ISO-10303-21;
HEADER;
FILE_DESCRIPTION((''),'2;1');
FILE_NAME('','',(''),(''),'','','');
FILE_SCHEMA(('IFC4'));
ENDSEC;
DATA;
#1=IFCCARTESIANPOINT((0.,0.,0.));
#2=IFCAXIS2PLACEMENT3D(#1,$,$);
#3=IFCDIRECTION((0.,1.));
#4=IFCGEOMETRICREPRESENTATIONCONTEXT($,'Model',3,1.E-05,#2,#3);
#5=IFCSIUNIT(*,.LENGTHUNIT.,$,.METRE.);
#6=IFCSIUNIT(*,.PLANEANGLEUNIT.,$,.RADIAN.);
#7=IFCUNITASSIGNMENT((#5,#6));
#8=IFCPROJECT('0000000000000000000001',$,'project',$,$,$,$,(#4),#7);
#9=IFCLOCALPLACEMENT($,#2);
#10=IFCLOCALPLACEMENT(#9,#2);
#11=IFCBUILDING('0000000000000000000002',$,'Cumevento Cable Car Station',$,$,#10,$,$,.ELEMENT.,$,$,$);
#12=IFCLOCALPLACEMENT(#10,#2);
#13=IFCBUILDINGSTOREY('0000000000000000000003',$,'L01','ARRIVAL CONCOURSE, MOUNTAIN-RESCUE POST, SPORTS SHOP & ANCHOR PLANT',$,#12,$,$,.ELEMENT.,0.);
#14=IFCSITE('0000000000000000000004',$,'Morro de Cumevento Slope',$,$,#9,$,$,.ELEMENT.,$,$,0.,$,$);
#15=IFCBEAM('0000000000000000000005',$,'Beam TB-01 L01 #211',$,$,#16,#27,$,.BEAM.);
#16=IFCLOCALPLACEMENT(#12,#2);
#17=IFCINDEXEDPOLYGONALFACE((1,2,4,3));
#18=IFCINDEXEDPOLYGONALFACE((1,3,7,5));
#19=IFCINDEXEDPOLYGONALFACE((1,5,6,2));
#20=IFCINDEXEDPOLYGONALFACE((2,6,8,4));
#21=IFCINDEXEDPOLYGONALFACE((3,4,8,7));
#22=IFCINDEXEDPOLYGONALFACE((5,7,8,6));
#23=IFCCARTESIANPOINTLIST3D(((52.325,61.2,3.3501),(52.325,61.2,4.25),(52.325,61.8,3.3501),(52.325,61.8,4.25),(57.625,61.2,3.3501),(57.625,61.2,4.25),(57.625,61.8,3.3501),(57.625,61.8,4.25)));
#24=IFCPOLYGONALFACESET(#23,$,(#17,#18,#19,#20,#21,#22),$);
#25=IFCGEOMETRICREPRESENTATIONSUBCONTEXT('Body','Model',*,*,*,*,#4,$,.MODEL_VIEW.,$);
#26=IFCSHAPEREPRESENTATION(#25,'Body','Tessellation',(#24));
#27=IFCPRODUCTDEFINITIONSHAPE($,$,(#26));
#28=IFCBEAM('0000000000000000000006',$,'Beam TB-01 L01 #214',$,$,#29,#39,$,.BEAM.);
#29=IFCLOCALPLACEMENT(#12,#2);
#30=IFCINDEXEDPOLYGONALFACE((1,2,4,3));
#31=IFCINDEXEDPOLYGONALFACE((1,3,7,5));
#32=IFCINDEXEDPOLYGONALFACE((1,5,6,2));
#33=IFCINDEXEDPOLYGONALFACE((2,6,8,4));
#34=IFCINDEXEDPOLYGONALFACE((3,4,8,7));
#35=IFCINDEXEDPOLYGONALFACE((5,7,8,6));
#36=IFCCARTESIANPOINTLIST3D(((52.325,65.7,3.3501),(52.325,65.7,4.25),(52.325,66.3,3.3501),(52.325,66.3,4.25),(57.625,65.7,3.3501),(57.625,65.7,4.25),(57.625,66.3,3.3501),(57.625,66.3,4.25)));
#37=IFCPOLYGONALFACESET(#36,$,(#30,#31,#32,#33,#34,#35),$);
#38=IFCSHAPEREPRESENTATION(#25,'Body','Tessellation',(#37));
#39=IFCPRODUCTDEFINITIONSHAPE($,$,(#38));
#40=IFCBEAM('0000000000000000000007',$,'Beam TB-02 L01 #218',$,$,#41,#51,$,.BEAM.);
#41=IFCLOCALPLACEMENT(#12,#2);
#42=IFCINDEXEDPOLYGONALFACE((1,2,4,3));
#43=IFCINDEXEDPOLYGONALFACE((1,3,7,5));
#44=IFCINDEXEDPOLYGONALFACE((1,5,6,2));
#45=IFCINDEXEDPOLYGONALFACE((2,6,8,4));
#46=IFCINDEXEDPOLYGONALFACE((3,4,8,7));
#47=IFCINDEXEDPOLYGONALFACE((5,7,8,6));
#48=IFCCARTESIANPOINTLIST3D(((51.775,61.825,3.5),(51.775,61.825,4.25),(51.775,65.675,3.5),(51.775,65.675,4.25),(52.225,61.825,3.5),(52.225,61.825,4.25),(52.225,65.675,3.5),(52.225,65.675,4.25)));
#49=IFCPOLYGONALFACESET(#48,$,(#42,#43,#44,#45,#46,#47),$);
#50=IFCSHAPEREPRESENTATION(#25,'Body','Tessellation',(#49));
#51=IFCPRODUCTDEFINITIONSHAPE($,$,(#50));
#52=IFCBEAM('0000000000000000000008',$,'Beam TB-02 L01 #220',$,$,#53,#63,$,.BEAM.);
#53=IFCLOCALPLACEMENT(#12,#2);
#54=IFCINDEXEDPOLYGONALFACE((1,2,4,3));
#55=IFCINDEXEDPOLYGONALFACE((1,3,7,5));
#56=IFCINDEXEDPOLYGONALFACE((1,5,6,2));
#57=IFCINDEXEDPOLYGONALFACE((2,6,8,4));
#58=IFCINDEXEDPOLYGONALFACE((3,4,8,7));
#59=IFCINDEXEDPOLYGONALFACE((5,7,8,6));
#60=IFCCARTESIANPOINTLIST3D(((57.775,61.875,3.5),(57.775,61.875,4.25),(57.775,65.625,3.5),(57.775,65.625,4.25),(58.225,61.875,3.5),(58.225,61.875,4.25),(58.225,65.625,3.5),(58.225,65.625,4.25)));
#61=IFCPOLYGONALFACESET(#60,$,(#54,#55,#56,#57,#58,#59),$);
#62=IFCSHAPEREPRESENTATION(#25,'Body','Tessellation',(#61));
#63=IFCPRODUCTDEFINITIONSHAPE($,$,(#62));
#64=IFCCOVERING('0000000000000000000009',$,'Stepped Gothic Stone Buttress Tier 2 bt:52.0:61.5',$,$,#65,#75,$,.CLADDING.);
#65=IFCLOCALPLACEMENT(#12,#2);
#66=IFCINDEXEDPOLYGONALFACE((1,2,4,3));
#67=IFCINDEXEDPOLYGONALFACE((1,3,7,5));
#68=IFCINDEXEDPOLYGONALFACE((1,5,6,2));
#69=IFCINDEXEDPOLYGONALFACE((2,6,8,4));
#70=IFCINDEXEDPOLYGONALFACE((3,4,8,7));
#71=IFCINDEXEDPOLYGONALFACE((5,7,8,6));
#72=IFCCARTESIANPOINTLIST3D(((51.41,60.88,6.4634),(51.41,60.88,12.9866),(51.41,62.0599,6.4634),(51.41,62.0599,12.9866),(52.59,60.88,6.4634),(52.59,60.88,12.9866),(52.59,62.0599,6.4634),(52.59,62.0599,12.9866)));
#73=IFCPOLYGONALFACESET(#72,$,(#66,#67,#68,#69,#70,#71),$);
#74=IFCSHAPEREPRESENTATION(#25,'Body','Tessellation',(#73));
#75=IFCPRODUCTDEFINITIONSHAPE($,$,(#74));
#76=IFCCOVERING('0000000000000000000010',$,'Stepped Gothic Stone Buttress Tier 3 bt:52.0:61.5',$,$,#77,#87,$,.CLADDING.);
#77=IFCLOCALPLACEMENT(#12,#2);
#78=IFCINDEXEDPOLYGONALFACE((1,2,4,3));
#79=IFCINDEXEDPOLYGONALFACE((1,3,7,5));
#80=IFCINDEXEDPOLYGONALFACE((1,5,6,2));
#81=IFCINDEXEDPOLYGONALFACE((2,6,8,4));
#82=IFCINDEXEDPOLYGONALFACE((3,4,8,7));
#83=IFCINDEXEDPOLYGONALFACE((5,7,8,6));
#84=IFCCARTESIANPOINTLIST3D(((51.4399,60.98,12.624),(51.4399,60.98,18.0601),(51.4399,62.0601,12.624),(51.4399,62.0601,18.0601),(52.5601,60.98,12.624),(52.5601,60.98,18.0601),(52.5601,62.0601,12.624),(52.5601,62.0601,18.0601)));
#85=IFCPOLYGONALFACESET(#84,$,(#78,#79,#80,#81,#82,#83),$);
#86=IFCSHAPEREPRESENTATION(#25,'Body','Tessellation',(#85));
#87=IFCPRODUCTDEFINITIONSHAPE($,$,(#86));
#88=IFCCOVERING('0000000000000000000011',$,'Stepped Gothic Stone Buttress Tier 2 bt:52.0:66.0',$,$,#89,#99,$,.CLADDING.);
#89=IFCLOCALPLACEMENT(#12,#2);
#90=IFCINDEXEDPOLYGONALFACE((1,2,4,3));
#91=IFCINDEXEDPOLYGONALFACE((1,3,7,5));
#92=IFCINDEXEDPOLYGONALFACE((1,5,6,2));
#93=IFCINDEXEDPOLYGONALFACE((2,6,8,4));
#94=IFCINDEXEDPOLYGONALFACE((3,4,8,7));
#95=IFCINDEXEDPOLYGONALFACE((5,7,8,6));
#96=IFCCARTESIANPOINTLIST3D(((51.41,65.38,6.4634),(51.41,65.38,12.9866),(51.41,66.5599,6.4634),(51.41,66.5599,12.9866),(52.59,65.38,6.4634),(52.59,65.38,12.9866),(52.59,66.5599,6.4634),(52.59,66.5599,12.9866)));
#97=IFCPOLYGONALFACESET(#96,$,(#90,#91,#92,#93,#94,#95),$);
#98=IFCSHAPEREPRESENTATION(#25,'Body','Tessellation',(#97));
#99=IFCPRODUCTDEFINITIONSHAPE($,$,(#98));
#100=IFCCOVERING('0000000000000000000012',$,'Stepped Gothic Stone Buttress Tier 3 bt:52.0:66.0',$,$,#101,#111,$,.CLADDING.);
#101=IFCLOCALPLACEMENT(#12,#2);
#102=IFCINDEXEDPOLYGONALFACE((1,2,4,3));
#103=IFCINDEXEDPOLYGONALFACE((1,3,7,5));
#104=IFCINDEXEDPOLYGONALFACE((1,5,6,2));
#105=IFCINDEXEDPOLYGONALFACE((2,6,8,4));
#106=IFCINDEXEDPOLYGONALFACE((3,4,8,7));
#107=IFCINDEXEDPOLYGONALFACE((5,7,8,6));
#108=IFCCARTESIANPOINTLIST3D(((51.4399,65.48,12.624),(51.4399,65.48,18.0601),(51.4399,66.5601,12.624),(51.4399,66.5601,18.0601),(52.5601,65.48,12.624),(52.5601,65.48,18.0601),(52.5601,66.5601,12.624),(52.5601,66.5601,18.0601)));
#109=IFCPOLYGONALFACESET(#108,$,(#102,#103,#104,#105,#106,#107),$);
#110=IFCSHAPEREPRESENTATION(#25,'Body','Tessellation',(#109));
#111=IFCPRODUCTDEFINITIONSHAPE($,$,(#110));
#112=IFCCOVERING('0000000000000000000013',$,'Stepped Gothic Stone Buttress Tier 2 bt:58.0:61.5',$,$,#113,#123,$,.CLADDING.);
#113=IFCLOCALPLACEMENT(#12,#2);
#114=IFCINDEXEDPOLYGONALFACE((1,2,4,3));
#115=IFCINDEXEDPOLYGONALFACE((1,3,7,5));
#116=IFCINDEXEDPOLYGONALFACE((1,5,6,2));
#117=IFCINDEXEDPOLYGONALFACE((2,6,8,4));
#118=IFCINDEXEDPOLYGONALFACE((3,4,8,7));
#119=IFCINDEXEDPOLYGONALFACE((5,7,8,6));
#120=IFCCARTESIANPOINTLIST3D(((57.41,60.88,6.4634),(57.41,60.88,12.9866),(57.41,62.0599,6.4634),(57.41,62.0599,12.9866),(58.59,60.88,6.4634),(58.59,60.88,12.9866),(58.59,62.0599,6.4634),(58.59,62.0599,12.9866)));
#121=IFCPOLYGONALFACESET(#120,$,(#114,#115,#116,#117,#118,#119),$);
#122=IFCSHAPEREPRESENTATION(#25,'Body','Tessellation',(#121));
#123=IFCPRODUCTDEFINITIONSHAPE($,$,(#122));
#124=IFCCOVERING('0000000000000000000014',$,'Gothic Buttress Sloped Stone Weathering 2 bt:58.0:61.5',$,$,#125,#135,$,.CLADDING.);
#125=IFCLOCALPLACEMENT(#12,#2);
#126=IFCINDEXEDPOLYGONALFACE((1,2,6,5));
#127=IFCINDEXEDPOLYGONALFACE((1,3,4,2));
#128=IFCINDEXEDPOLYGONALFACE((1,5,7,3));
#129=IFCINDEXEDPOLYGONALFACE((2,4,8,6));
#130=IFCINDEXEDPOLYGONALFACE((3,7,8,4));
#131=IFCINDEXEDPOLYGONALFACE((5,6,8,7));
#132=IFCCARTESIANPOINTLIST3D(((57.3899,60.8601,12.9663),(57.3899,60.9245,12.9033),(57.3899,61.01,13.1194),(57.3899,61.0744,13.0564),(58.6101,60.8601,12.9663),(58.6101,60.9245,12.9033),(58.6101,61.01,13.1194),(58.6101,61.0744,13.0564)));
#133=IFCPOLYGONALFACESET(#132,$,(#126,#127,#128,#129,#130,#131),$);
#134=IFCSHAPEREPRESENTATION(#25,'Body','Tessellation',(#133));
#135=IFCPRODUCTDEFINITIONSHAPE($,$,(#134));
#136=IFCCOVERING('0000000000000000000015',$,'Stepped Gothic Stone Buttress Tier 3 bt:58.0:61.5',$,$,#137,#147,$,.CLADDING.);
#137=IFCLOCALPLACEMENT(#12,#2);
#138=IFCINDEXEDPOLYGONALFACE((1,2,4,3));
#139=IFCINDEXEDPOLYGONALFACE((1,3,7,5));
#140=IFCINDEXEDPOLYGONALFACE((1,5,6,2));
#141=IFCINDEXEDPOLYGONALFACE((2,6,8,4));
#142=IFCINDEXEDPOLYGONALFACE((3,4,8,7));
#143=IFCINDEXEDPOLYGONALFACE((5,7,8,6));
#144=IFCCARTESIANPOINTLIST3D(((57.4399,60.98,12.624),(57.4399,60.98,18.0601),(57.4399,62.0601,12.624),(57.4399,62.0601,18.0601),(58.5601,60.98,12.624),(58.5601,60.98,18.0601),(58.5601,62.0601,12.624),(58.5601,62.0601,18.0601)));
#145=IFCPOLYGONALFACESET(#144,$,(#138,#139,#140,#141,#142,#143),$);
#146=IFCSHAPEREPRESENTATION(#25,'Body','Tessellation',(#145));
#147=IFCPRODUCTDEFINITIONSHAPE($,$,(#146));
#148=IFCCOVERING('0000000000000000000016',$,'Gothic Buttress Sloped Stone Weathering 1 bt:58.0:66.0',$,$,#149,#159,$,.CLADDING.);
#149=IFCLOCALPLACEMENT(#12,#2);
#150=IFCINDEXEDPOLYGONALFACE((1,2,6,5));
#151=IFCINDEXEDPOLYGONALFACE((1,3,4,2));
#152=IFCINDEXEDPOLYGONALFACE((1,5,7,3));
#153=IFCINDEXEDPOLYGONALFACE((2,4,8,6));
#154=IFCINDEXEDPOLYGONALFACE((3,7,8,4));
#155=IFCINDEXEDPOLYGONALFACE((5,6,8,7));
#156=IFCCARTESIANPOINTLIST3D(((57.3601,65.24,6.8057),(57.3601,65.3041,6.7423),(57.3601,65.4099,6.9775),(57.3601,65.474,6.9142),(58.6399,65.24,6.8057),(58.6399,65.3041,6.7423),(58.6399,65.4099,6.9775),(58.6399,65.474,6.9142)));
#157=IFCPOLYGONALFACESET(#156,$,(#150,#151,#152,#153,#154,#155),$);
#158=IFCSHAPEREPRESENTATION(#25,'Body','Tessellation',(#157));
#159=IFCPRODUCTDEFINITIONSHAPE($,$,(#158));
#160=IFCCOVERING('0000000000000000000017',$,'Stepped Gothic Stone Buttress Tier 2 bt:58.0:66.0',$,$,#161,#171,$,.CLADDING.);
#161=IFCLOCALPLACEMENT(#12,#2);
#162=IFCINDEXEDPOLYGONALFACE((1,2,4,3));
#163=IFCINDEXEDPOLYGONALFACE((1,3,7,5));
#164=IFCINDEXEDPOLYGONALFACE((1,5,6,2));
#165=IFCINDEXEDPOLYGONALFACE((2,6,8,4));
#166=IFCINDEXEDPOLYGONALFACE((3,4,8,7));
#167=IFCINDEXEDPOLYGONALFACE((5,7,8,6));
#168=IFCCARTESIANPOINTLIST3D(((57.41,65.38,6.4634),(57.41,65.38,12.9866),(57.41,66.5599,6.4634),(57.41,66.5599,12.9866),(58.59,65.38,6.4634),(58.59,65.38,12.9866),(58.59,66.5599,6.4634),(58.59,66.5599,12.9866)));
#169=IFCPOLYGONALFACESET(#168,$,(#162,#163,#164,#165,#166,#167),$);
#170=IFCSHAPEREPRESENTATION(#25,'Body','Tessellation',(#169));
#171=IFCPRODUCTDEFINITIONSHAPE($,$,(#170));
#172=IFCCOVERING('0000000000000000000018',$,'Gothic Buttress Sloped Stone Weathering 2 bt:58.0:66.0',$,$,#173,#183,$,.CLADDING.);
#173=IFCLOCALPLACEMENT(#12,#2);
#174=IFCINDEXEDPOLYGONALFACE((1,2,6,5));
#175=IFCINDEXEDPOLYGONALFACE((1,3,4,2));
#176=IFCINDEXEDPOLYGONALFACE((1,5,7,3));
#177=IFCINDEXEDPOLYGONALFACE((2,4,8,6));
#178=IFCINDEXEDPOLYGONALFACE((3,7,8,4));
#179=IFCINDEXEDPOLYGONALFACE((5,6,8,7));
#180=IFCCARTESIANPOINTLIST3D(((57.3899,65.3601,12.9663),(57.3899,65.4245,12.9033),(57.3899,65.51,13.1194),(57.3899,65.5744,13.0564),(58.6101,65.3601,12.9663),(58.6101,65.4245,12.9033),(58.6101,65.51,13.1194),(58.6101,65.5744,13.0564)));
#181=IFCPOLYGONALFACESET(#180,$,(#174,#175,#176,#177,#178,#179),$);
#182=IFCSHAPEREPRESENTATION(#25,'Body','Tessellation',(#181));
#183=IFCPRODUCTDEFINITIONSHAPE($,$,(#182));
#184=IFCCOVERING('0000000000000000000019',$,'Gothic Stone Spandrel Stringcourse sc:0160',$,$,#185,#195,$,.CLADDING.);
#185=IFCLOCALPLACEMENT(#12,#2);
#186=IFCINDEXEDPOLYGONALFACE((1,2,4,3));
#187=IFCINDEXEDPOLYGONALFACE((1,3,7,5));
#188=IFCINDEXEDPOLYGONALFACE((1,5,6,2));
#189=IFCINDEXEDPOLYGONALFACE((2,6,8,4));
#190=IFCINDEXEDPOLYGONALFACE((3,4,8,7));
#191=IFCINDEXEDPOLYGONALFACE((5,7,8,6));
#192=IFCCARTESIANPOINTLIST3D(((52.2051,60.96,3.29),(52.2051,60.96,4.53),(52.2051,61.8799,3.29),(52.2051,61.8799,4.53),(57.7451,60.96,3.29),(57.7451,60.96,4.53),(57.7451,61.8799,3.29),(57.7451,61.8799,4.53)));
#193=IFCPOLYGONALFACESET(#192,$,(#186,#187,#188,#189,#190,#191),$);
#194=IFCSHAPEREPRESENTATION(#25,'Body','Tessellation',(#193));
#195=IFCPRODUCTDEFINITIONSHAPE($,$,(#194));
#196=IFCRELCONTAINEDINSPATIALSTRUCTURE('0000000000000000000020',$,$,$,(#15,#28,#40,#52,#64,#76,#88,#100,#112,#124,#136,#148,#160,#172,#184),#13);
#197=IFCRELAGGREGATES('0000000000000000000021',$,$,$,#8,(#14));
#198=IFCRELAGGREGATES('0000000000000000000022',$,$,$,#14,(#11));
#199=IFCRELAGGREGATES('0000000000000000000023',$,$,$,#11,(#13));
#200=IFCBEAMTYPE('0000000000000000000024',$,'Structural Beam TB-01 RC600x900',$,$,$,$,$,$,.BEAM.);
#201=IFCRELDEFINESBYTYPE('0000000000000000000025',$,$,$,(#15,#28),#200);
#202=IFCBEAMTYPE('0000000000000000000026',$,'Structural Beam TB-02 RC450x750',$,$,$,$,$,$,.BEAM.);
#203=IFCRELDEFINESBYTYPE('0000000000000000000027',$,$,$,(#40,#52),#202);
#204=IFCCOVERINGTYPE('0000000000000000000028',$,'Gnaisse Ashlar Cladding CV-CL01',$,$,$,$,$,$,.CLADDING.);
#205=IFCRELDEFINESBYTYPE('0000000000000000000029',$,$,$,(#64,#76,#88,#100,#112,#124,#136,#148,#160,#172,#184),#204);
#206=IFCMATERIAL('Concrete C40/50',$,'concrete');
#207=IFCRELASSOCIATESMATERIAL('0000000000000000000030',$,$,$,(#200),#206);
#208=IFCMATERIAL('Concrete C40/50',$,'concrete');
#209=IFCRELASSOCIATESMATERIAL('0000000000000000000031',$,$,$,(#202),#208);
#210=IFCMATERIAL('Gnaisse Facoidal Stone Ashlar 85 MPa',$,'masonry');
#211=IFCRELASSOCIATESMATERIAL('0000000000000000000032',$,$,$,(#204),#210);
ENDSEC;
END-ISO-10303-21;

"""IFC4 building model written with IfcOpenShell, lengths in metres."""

from ifc_helpers import new_model, si_unit, direction, frame, origin, origin_2d, place, context, subcontext, project, spatial, polyline, rectangle, outline, extrude, material, material_profile, profile_set, type_object, element, save


model = new_model("IFC4")

# Units and contexts
model_context = context("Model", 3, precision=1e-05, world=origin(), true_north=direction((0.0, 1.0)))
body_context = subcontext(model_context, "Body", "Model", "MODEL_VIEW")
ifc_project = project(units=[si_unit("LENGTHUNIT", "METRE"), si_unit("PLANEANGLEUNIT", "RADIAN")], contexts=[model_context])

# Site, building, storey
site_placement = place(None, origin())
site = spatial("IfcSite", under=ifc_project, at=site_placement, Name="Morro de Cumevento Slope", CompositionType="ELEMENT", RefElevation=0.0)
building_placement = place(site_placement, origin())
building = spatial("IfcBuilding", under=site, at=building_placement, Name="Cumevento Cable Car Station", CompositionType="ELEMENT")
storey_placement = place(building_placement, origin())
storey = spatial("IfcBuildingStorey", under=building, at=storey_placement, Name="L01", Description="ARRIVAL CONCOURSE, MOUNTAIN-RESCUE POST, SPORTS SHOP & ANCHOR PLANT", CompositionType="ELEMENT", Elevation=0.0)

# Beams
ifc_material_1 = material(Name="Concrete C40/50", Category="concrete")
ifc_material_profile_1 = material_profile(ifc_material_1, rectangle(XDim=0.6001, YDim=0.8999, at=origin_2d()), Name="RC600x900")
ifc_profile_set_1 = profile_set([ifc_material_profile_1], Name="Concrete C40/50")
beam_type_1 = type_object("IfcBeamType", Name="Structural Beam TB-01 RC600x900", PredefinedType="BEAM", material=ifc_profile_set_1)
for number, where, z_axis, x_axis, name in (
    (1, (52.325, 61.5, 3.8), (1.0, 0.0, 0.0), (0.0, 1.0, 0.0), "Beam TB-01 L01 #211"),
    (2, (52.325, 66.0, 3.8), (1.0, 0.0, 0.0), (0.0, 1.0, 0.0), "Beam TB-01 L01 #214"),
):
    element("IfcBeam", number, at=place(storey_placement, frame(where, z_axis=z_axis, x_axis=x_axis)), inside=storey, type_object=beam_type_1, Name=name, PredefinedType="BEAM", context=body_context, shape_type="SweptSolid", body=[
        extrude(rectangle(XDim=0.6001, YDim=0.8999, at=origin_2d()), origin(), (0.0, 0.0, 1.0), 5.3),
    ])
ifc_material_2 = material(Name="Concrete C40/50", Category="concrete")
ifc_material_profile_2 = material_profile(ifc_material_2, rectangle(XDim=0.45, YDim=0.75, at=origin_2d()), Name="RC450x750")
ifc_profile_set_2 = profile_set([ifc_material_profile_2], Name="Concrete C40/50")
beam_type_2 = type_object("IfcBeamType", Name="Structural Beam TB-02 RC450x750", PredefinedType="BEAM", material=ifc_profile_set_2)
beam_1_placement = place(storey_placement, frame((52.0, 61.825, 3.875), z_axis=(0.0, 1.0, 0.0), x_axis=(-1.0, 0.0, 0.0)))
element("IfcBeam", 3, at=beam_1_placement, inside=storey, type_object=beam_type_2, Name="Beam TB-02 L01 #218", PredefinedType="BEAM", context=body_context, shape_type="SweptSolid", body=[
    extrude(rectangle(XDim=0.45, YDim=0.75, at=origin_2d()), origin(), (0.0, 0.0, 1.0), 3.8501),
])
beam_2_placement = place(storey_placement, frame((58.0, 61.875, 3.875), z_axis=(0.0, 1.0, 0.0), x_axis=(-1.0, 0.0, 0.0)))
element("IfcBeam", 4, at=beam_2_placement, inside=storey, type_object=beam_type_2, Name="Beam TB-02 L01 #220", PredefinedType="BEAM", context=body_context, shape_type="SweptSolid", body=[
    extrude(rectangle(XDim=0.45, YDim=0.75, at=origin_2d()), origin(), (0.0, 0.0, 1.0), 3.75),
])

# Coverings
ifc_material_3 = material(Name="Gnaisse Facoidal Stone Ashlar 85 MPa", Category="masonry")
covering_type = type_object("IfcCoveringType", Name="Gnaisse Ashlar Cladding CV-CL01", PredefinedType="CLADDING", material=ifc_material_3)
covering_1_placement = place(storey_placement, frame((52.0, 61.47, 6.4634), z_axis=(0.0, 0.0, 1.0), x_axis=(1.0, 0.0, 0.0)))
element("IfcCovering", 5, at=covering_1_placement, inside=storey, type_object=covering_type, Name="Stepped Gothic Stone Buttress Tier 2 bt:52.0:61.5", PredefinedType="CLADDING", context=body_context, shape_type="SweptSolid", body=[
    extrude(rectangle(XDim=1.1799, YDim=1.1799, at=origin_2d()), origin(), (0.0, 0.0, 1.0), 6.5232),
])
covering_2_placement = place(storey_placement, frame((52.0, 61.52, 12.624), z_axis=(0.0, 0.0, 1.0), x_axis=(1.0, 0.0, 0.0)))
element("IfcCovering", 6, at=covering_2_placement, inside=storey, type_object=covering_type, Name="Stepped Gothic Stone Buttress Tier 3 bt:52.0:61.5", PredefinedType="CLADDING", context=body_context, shape_type="SweptSolid", body=[
    extrude(rectangle(XDim=1.1201, YDim=1.0801, at=origin_2d()), origin(), (0.0, 0.0, 1.0), 5.436),
])
covering_3_placement = place(storey_placement, frame((52.0, 65.97, 6.4634), z_axis=(0.0, 0.0, 1.0), x_axis=(1.0, 0.0, 0.0)))
element("IfcCovering", 7, at=covering_3_placement, inside=storey, type_object=covering_type, Name="Stepped Gothic Stone Buttress Tier 2 bt:52.0:66.0", PredefinedType="CLADDING", context=body_context, shape_type="SweptSolid", body=[
    extrude(rectangle(XDim=1.1799, YDim=1.1799, at=origin_2d()), origin(), (0.0, 0.0, 1.0), 6.5232),
])
covering_4_placement = place(storey_placement, frame((52.0, 66.02, 12.624), z_axis=(0.0, 0.0, 1.0), x_axis=(1.0, 0.0, 0.0)))
element("IfcCovering", 8, at=covering_4_placement, inside=storey, type_object=covering_type, Name="Stepped Gothic Stone Buttress Tier 3 bt:52.0:66.0", PredefinedType="CLADDING", context=body_context, shape_type="SweptSolid", body=[
    extrude(rectangle(XDim=1.1201, YDim=1.0801, at=origin_2d()), origin(), (0.0, 0.0, 1.0), 5.436),
])
covering_5_placement = place(storey_placement, frame((58.0, 61.47, 6.4634), z_axis=(0.0, 0.0, 1.0), x_axis=(1.0, 0.0, 0.0)))
element("IfcCovering", 9, at=covering_5_placement, inside=storey, type_object=covering_type, Name="Stepped Gothic Stone Buttress Tier 2 bt:58.0:61.5", PredefinedType="CLADDING", context=body_context, shape_type="SweptSolid", body=[
    extrude(rectangle(XDim=1.1799, YDim=1.1799, at=origin_2d()), origin(), (0.0, 0.0, 1.0), 6.5232),
])
covering_6_placement = place(storey_placement, frame((57.3899, 60.8601, 12.9663), z_axis=(0.0, -0.714475, 0.699661), x_axis=(1.0, 0.0, 0.0)))
element("IfcCovering", 10, at=covering_6_placement, inside=storey, type_object=covering_type, Name="Gothic Buttress Sloped Stone Weathering 2 bt:58.0:61.5", PredefinedType="CLADDING", context=body_context, shape_type="SweptSolid", body=[
    extrude(outline(polyline([(0.0, 0.0), (1.2202, 0.0), (1.2202, 0.2142), (0.0, 0.2142), (0.0, 0.0)])), origin(), (0.0, 0.0, -1.0), 0.0901),
])
covering_7_placement = place(storey_placement, frame((58.0, 61.52, 12.624), z_axis=(0.0, 0.0, 1.0), x_axis=(1.0, 0.0, 0.0)))
element("IfcCovering", 11, at=covering_7_placement, inside=storey, type_object=covering_type, Name="Stepped Gothic Stone Buttress Tier 3 bt:58.0:61.5", PredefinedType="CLADDING", context=body_context, shape_type="SweptSolid", body=[
    extrude(rectangle(XDim=1.1201, YDim=1.0801, at=origin_2d()), origin(), (0.0, 0.0, 1.0), 5.436),
])
covering_8_placement = place(storey_placement, frame((57.3601, 65.24, 6.8057), z_axis=(0.0, -0.711136, 0.703055), x_axis=(1.0, 0.0, 0.0)))
element("IfcCovering", 12, at=covering_8_placement, inside=storey, type_object=covering_type, Name="Gothic Buttress Sloped Stone Weathering 1 bt:58.0:66.0", PredefinedType="CLADDING", context=body_context, shape_type="SweptSolid", body=[
    extrude(outline(polyline([(0.0, 0.0), (1.2798, 0.0), (1.2798, 0.2417), (0.0, 0.2417), (0.0, 0.0)])), origin(), (0.0, 0.0, -1.0), 0.0901),
])
covering_9_placement = place(storey_placement, frame((58.0, 65.97, 6.4634), z_axis=(0.0, 0.0, 1.0), x_axis=(1.0, 0.0, 0.0)))
element("IfcCovering", 13, at=covering_9_placement, inside=storey, type_object=covering_type, Name="Stepped Gothic Stone Buttress Tier 2 bt:58.0:66.0", PredefinedType="CLADDING", context=body_context, shape_type="SweptSolid", body=[
    extrude(rectangle(XDim=1.1799, YDim=1.1799, at=origin_2d()), origin(), (0.0, 0.0, 1.0), 6.5232),
])
covering_10_placement = place(storey_placement, frame((57.3899, 65.3601, 12.9663), z_axis=(0.0, -0.714475, 0.699661), x_axis=(1.0, 0.0, 0.0)))
element("IfcCovering", 14, at=covering_10_placement, inside=storey, type_object=covering_type, Name="Gothic Buttress Sloped Stone Weathering 2 bt:58.0:66.0", PredefinedType="CLADDING", context=body_context, shape_type="SweptSolid", body=[
    extrude(outline(polyline([(0.0, 0.0), (1.2202, 0.0), (1.2202, 0.2142), (0.0, 0.2142), (0.0, 0.0)])), origin(), (0.0, 0.0, -1.0), 0.0901),
])
covering_11_placement = place(storey_placement, frame((54.9751, 61.4199, 3.29), z_axis=(0.0, 0.0, 1.0), x_axis=(1.0, 0.0, 0.0)))
element("IfcCovering", 15, at=covering_11_placement, inside=storey, type_object=covering_type, Name="Gothic Stone Spandrel Stringcourse sc:0160", PredefinedType="CLADDING", context=body_context, shape_type="SweptSolid", body=[
    extrude(rectangle(XDim=5.54, YDim=0.9199, at=origin_2d()), origin(), (0.0, 0.0, 1.0), 1.24),
])

save(model, "model.ifc")
